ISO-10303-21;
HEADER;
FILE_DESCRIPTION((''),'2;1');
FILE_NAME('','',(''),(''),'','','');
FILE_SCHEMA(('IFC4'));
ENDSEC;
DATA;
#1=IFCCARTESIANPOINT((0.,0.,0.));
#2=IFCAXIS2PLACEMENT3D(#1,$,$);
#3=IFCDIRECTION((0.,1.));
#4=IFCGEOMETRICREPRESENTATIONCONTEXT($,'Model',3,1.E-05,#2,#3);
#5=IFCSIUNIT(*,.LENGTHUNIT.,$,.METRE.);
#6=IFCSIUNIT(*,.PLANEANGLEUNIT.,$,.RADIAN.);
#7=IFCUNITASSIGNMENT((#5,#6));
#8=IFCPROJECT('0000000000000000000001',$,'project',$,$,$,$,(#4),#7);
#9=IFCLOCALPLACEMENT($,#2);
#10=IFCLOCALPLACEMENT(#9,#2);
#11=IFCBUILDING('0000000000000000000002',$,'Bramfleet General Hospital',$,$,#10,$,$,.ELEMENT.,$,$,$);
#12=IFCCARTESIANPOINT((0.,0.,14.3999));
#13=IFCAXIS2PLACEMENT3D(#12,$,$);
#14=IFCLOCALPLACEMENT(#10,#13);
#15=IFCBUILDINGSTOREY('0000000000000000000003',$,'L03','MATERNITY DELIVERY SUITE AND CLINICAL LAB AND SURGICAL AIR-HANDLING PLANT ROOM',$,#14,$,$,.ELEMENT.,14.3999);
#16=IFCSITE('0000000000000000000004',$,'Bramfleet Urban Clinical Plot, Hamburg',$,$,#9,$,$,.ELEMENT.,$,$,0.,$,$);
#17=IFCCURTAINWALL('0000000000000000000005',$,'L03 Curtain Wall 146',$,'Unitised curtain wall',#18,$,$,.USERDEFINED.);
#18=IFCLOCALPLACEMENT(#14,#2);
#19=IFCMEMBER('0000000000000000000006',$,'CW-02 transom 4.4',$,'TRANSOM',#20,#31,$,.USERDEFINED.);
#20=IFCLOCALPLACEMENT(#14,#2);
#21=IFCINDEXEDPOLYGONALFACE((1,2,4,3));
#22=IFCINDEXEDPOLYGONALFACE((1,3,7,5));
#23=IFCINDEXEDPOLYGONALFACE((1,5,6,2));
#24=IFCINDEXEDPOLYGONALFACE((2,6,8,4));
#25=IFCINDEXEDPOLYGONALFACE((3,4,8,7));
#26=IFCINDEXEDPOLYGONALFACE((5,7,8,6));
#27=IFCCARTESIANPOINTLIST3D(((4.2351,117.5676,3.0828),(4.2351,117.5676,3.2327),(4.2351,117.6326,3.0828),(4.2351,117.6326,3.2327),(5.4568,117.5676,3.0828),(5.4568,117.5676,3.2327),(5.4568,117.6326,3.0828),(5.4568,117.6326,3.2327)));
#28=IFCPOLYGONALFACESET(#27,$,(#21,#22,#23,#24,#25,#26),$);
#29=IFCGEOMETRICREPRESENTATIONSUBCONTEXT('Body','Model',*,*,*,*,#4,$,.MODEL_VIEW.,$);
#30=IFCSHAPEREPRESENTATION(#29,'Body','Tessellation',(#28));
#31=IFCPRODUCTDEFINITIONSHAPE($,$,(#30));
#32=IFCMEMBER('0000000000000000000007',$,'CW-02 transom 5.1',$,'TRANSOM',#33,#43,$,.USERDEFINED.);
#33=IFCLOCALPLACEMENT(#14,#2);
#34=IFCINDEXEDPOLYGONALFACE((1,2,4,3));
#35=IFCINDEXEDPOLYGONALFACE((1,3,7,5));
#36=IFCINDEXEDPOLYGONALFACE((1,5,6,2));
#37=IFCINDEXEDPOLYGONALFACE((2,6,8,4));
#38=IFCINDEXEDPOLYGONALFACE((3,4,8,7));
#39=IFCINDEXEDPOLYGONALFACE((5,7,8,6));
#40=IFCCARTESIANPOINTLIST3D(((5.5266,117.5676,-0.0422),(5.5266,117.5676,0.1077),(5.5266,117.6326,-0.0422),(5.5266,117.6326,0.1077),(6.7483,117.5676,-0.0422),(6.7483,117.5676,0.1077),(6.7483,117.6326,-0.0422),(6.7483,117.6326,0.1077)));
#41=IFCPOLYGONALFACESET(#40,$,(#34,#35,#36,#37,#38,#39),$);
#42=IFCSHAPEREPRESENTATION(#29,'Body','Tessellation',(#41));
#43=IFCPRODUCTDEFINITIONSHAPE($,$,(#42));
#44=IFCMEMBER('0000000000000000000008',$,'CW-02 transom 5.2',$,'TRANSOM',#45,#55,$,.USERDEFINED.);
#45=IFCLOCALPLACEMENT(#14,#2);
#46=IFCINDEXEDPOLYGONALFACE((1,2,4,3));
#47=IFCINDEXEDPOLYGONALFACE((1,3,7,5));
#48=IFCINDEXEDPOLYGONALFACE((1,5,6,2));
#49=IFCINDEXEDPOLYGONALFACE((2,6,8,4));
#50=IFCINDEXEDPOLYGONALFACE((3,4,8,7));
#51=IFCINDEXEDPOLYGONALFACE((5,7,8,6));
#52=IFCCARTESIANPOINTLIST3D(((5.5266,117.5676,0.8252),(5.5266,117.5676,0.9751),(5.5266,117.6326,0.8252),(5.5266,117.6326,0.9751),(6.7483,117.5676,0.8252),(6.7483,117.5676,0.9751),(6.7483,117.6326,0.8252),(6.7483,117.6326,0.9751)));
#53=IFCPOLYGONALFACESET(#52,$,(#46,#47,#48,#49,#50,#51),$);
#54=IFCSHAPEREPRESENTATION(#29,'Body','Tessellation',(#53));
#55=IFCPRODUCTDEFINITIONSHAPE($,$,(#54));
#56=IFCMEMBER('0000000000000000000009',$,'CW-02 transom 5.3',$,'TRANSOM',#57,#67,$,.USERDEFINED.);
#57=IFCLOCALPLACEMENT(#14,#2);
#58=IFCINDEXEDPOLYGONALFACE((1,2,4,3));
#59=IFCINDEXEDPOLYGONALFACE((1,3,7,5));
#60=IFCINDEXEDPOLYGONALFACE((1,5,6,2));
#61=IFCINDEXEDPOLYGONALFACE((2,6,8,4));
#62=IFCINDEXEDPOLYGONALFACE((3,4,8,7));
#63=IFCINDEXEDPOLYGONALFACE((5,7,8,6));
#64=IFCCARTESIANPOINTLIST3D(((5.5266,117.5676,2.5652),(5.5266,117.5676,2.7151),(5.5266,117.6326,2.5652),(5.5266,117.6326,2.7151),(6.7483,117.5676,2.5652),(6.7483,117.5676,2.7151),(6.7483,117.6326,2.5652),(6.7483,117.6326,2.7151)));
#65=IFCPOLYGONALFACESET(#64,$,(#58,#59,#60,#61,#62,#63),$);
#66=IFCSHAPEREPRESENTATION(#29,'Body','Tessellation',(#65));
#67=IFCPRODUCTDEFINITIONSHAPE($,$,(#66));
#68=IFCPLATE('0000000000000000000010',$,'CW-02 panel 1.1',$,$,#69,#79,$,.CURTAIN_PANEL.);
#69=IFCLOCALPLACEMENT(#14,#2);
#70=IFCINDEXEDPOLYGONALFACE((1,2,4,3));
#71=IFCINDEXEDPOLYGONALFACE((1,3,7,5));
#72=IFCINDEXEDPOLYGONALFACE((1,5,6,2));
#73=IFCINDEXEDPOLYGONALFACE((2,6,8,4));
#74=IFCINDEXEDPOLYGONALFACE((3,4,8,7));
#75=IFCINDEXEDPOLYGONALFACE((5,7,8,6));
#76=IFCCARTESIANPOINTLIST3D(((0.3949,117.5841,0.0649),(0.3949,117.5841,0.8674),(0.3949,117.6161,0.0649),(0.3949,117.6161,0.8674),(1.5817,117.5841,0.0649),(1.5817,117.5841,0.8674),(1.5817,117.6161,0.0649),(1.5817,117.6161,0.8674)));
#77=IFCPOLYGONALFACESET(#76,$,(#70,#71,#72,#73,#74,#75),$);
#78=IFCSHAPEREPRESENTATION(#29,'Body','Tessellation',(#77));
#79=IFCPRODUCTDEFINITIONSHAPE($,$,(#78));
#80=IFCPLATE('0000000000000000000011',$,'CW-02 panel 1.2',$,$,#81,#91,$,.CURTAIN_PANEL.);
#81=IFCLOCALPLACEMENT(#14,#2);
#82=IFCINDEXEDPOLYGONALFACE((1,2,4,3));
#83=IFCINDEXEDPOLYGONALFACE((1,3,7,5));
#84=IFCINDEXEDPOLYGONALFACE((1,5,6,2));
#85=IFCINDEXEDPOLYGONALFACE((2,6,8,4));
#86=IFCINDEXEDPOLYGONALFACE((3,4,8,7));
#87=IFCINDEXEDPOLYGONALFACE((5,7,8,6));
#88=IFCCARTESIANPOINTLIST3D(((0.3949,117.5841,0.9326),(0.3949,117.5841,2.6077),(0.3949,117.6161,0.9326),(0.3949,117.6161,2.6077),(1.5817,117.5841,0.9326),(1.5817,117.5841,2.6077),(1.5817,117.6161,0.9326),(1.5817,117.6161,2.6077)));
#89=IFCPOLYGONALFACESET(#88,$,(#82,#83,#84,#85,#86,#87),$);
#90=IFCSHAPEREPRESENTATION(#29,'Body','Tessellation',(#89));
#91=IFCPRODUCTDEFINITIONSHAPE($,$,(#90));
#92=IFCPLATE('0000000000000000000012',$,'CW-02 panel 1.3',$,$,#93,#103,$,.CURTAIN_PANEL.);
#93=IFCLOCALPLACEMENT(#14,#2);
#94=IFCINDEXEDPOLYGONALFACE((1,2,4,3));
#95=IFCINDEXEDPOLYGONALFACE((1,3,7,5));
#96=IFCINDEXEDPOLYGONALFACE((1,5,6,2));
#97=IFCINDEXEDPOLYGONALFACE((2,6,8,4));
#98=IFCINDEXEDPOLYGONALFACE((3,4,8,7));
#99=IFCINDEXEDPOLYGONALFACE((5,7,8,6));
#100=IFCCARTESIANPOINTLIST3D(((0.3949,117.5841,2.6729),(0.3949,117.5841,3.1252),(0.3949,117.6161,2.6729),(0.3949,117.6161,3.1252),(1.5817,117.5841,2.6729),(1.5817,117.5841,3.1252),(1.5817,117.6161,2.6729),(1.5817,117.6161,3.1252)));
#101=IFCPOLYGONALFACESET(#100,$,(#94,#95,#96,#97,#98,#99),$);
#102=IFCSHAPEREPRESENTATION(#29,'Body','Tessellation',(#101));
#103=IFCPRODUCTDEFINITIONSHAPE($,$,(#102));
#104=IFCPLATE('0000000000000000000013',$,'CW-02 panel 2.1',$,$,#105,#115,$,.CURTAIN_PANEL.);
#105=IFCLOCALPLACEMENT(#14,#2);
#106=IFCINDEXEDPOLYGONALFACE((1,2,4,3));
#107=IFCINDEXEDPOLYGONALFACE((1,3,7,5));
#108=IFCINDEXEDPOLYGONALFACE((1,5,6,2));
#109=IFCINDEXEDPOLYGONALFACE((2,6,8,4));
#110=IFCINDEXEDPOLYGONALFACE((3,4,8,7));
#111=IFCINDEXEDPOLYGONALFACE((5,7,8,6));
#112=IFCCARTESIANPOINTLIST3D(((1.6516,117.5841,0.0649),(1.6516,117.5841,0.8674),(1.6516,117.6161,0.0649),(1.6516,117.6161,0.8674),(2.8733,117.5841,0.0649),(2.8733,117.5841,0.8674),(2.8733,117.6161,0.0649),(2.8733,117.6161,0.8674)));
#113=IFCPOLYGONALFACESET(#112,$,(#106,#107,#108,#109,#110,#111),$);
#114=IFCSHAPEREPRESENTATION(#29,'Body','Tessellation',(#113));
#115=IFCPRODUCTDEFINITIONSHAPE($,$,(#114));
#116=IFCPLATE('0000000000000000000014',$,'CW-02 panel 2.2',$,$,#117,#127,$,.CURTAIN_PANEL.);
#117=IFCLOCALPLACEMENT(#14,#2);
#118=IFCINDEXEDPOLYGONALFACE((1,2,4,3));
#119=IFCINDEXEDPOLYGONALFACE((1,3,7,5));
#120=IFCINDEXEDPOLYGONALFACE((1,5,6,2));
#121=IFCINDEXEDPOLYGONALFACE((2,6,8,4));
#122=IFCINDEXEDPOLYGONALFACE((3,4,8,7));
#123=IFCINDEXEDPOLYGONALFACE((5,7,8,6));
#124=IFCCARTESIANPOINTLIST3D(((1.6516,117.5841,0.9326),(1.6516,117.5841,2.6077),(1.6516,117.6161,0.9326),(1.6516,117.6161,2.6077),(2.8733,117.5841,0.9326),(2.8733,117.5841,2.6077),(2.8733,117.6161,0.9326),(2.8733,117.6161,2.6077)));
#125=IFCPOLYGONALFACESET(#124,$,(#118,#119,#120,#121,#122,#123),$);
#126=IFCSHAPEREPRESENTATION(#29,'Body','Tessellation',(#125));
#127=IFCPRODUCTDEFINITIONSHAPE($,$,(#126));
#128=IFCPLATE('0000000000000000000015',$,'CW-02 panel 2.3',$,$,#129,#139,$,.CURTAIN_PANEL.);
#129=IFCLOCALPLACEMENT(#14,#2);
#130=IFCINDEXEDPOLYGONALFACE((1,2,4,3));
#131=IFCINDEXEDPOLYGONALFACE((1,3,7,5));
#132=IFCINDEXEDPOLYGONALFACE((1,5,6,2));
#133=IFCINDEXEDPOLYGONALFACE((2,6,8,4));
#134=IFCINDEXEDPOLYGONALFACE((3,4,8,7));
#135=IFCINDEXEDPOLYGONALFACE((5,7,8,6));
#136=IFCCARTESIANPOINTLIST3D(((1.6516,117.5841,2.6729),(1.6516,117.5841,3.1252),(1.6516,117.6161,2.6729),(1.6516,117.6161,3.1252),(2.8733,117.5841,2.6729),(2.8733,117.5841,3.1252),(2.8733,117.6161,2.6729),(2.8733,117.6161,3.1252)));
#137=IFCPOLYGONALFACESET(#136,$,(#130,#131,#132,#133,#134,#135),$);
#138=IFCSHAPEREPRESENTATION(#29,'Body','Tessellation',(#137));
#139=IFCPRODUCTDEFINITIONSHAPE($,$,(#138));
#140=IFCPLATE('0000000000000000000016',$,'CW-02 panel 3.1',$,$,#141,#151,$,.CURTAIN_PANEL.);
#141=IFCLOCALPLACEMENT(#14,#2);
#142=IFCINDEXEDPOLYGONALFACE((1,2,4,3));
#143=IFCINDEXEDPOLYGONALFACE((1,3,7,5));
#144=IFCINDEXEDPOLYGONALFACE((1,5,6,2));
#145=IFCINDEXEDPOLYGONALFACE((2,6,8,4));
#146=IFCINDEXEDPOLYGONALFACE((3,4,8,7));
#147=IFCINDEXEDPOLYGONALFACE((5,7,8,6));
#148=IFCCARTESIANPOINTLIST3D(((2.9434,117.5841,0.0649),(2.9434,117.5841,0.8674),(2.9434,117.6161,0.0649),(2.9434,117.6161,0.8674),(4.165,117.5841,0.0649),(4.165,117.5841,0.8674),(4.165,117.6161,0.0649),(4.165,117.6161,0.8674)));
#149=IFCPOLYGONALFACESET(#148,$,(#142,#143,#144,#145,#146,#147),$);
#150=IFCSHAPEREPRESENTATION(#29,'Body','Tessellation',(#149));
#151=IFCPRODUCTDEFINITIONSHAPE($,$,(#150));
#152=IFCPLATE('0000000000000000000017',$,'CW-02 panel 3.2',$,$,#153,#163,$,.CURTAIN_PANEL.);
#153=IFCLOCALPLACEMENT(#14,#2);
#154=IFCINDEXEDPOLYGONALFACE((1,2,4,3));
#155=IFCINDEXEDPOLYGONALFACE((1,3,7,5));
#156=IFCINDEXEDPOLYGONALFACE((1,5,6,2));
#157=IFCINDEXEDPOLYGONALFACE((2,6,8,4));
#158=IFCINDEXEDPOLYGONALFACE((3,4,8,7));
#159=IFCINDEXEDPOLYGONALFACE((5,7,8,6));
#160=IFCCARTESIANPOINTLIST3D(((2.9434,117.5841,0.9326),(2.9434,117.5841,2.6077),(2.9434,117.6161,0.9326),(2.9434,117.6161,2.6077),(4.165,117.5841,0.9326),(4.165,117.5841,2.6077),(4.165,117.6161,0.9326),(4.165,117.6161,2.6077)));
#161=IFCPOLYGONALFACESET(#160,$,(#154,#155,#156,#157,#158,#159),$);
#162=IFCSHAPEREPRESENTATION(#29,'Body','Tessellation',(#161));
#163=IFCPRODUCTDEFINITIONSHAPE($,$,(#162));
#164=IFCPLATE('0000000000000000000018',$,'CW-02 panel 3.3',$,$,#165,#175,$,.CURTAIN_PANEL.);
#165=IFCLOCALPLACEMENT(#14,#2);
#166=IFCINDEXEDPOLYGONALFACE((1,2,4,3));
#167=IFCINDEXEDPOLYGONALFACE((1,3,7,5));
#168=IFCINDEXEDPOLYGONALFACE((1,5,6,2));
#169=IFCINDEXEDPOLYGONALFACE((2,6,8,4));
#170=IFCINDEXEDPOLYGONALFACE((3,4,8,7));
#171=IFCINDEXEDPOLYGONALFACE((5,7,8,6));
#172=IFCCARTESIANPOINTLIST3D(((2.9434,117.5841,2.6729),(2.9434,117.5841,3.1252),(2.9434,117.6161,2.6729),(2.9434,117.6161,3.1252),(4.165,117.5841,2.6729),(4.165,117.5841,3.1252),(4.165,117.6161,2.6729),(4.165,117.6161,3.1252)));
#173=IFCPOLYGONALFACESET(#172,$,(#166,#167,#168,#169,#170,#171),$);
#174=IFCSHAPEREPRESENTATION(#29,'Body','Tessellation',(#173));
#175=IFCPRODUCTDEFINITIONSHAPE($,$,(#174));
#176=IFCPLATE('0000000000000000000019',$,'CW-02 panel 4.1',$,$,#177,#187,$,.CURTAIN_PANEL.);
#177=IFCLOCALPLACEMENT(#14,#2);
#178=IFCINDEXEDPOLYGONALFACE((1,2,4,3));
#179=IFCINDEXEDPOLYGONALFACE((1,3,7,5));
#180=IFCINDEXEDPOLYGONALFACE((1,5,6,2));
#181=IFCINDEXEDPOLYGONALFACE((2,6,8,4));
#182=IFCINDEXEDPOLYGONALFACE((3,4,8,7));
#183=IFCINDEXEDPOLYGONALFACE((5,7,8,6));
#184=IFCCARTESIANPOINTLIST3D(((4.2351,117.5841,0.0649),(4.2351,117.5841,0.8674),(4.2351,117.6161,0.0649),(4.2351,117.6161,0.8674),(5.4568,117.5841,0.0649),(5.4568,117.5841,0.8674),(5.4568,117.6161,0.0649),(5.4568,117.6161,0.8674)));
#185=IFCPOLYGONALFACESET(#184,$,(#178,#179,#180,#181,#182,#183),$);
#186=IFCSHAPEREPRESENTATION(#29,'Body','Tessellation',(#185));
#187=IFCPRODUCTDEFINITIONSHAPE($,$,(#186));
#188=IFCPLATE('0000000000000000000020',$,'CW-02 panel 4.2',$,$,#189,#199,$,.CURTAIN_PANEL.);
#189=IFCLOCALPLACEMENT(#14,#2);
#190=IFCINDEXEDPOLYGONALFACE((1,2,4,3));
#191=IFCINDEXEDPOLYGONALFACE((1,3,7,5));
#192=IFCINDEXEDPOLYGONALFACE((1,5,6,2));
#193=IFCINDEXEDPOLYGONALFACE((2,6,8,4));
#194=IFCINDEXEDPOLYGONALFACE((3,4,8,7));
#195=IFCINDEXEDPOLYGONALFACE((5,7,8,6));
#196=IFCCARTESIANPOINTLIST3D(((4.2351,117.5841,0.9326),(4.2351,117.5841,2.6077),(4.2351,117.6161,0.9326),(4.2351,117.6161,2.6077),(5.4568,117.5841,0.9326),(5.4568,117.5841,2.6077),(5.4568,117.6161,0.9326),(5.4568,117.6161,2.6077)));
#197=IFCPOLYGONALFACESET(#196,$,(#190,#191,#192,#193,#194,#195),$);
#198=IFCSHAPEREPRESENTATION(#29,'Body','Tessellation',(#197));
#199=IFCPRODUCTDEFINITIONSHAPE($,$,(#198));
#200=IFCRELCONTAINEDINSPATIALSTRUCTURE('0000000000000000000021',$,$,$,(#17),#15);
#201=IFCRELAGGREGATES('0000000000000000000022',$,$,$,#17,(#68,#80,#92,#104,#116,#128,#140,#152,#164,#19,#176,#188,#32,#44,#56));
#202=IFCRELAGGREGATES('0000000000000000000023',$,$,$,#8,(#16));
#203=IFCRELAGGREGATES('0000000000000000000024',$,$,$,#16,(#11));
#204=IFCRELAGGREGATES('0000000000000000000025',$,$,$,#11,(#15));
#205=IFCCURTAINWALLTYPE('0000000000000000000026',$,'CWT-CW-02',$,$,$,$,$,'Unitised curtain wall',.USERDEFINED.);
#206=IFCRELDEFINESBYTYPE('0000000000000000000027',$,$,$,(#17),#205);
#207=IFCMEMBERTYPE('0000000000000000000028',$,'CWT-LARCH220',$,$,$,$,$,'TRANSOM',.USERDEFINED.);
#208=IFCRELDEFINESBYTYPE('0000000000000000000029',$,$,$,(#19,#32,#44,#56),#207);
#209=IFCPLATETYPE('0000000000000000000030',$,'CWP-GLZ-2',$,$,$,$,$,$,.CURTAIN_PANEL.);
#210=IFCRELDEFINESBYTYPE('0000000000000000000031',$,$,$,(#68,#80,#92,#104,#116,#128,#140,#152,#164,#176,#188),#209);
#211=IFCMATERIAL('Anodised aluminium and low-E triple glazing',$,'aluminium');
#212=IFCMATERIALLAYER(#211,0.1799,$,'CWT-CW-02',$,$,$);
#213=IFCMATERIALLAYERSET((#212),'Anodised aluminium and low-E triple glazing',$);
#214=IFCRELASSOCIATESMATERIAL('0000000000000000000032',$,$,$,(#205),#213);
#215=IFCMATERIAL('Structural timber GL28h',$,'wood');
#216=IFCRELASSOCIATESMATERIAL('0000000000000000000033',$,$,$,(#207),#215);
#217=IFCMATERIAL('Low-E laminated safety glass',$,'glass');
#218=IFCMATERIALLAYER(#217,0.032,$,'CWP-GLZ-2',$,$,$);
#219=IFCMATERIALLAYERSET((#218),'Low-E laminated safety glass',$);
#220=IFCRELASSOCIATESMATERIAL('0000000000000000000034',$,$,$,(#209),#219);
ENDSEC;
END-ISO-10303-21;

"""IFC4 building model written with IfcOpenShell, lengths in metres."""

from ifc_helpers import new_model, si_unit, direction, frame, origin, origin_2d, place, context, subcontext, project, spatial, rectangle, extrude, material, layer, layer_set, material_profile, profile_set, type_object, element, aggregate, save


model = new_model("IFC4")

# Units and contexts
model_context = context("Model", 3, precision=1e-05, world=origin(), true_north=direction((0.0, 1.0)))
body_context = subcontext(model_context, "Body", "Model", "MODEL_VIEW")
ifc_project = project(units=[si_unit("LENGTHUNIT", "METRE"), si_unit("PLANEANGLEUNIT", "RADIAN")], contexts=[model_context])

# Site, building, storey
site_placement = place(None, origin())
site = spatial("IfcSite", under=ifc_project, at=site_placement, Name="Bramfleet Urban Clinical Plot, Hamburg", CompositionType="ELEMENT", RefElevation=0.0)
building_placement = place(site_placement, origin())
building = spatial("IfcBuilding", under=site, at=building_placement, Name="Bramfleet General Hospital", CompositionType="ELEMENT")
storey_placement = place(building_placement, frame((0.0, 0.0, 14.3999)))
storey = spatial("IfcBuildingStorey", under=building, at=storey_placement, Name="L03", Description="MATERNITY DELIVERY SUITE AND CLINICAL LAB AND SURGICAL AIR-HANDLING PLANT ROOM", CompositionType="ELEMENT", Elevation=14.3999)

# Curtain wall, members, plates
ifc_material_1 = material(Name="Anodised aluminium and low-E triple glazing", Category="aluminium")
ifc_layer_1 = layer(ifc_material_1, 0.1799, Name="CWT-CW-02")
ifc_layer_set_1 = layer_set([ifc_layer_1], Name="Anodised aluminium and low-E triple glazing")
curtain_wall_type = type_object("IfcCurtainWallType", Name="CWT-CW-02", ElementType="Unitised curtain wall", PredefinedType="USERDEFINED", material=ifc_layer_set_1)
curtain_wall_placement = place(storey_placement, origin())
curtain_wall = element("IfcCurtainWall", 1, at=curtain_wall_placement, inside=storey, type_object=curtain_wall_type, Name="L03 Curtain Wall 146", ObjectType="Unitised curtain wall", PredefinedType="USERDEFINED")
ifc_material_2 = material(Name="Structural timber GL28h", Category="wood")
ifc_material_profile_1 = material_profile(ifc_material_2, rectangle(XDim=0.0649, YDim=0.1499, at=origin_2d()), Name="LARCH 150x65")
ifc_profile_set_1 = profile_set([ifc_material_profile_1], Name="Structural timber GL28h")
member_type_1 = type_object("IfcMemberType", Name="CWT-LARCH220", ElementType="TRANSOM", PredefinedType="USERDEFINED", material=ifc_profile_set_1)
member_1_placement = place(storey_placement, frame((4.2351, 117.6001, 3.1577), z_axis=(1.0, 0.0, 0.0), x_axis=(0.0, 1.0, 0.0)))
member_1 = element("IfcMember", 2, at=member_1_placement, type_object=member_type_1, Name="CW-02 transom 4.4", ObjectType="TRANSOM", PredefinedType="USERDEFINED", context=body_context, shape_type="SweptSolid", body=[
    extrude(rectangle(XDim=0.0649, YDim=0.1499, at=origin_2d()), origin(), (0.0, 0.0, 1.0), 1.2217),
])
member_2_placement = place(storey_placement, frame((5.5266, 117.6001, 0.0327), z_axis=(1.0, 0.0, 0.0), x_axis=(0.0, 1.0, 0.0)))
member_2 = element("IfcMember", 3, at=member_2_placement, type_object=member_type_1, Name="CW-02 transom 5.1", ObjectType="TRANSOM", PredefinedType="USERDEFINED", context=body_context, shape_type="SweptSolid", body=[
    extrude(rectangle(XDim=0.0649, YDim=0.1499, at=origin_2d()), origin(), (0.0, 0.0, 1.0), 1.2217),
])
member_3_placement = place(storey_placement, frame((5.5266, 117.6001, 0.9001), z_axis=(1.0, 0.0, 0.0), x_axis=(0.0, 1.0, 0.0)))
member_3 = element("IfcMember", 4, at=member_3_placement, type_object=member_type_1, Name="CW-02 transom 5.2", ObjectType="TRANSOM", PredefinedType="USERDEFINED", context=body_context, shape_type="SweptSolid", body=[
    extrude(rectangle(XDim=0.0649, YDim=0.1499, at=origin_2d()), origin(), (0.0, 0.0, 1.0), 1.2217),
])
member_4_placement = place(storey_placement, frame((5.5266, 117.6001, 2.6401), z_axis=(1.0, 0.0, 0.0), x_axis=(0.0, 1.0, 0.0)))
member_4 = element("IfcMember", 5, at=member_4_placement, type_object=member_type_1, Name="CW-02 transom 5.3", ObjectType="TRANSOM", PredefinedType="USERDEFINED", context=body_context, shape_type="SweptSolid", body=[
    extrude(rectangle(XDim=0.0649, YDim=0.1499, at=origin_2d()), origin(), (0.0, 0.0, 1.0), 1.2217),
])
ifc_material_3 = material(Name="Low-E laminated safety glass", Category="glass")
ifc_layer_2 = layer(ifc_material_3, 0.032, Name="CWP-GLZ-2")
ifc_layer_set_2 = layer_set([ifc_layer_2], Name="Low-E laminated safety glass")
plate_type = type_object("IfcPlateType", Name="CWP-GLZ-2", PredefinedType="CURTAIN_PANEL", material=ifc_layer_set_2)
plate_1_placement = place(storey_placement, frame((0.9883, 117.6001, 0.0649), z_axis=(0.0, 0.0, 1.0), x_axis=(1.0, 0.0, 0.0)))
plate_1 = element("IfcPlate", 6, at=plate_1_placement, type_object=plate_type, Name="CW-02 panel 1.1", PredefinedType="CURTAIN_PANEL", context=body_context, shape_type="SweptSolid", body=[
    extrude(rectangle(XDim=1.1868, YDim=0.032, at=origin_2d()), origin(), (0.0, 0.0, 1.0), 0.8025),
])
plate_2_placement = place(storey_placement, frame((0.9883, 117.6001, 0.9326), z_axis=(0.0, 0.0, 1.0), x_axis=(1.0, 0.0, 0.0)))
plate_2 = element("IfcPlate", 7, at=plate_2_placement, type_object=plate_type, Name="CW-02 panel 1.2", PredefinedType="CURTAIN_PANEL", context=body_context, shape_type="SweptSolid", body=[
    extrude(rectangle(XDim=1.1868, YDim=0.032, at=origin_2d()), origin(), (0.0, 0.0, 1.0), 1.675),
])
plate_3_placement = place(storey_placement, frame((0.9883, 117.6001, 2.6729), z_axis=(0.0, 0.0, 1.0), x_axis=(1.0, 0.0, 0.0)))
plate_3 = element("IfcPlate", 8, at=plate_3_placement, type_object=plate_type, Name="CW-02 panel 1.3", PredefinedType="CURTAIN_PANEL", context=body_context, shape_type="SweptSolid", body=[
    extrude(rectangle(XDim=1.1868, YDim=0.032, at=origin_2d()), origin(), (0.0, 0.0, 1.0), 0.4524),
])
plate_4_placement = place(storey_placement, frame((2.2625, 117.6001, 0.0649), z_axis=(0.0, 0.0, 1.0), x_axis=(1.0, 0.0, 0.0)))
plate_4 = element("IfcPlate", 9, at=plate_4_placement, type_object=plate_type, Name="CW-02 panel 2.1", PredefinedType="CURTAIN_PANEL", context=body_context, shape_type="SweptSolid", body=[
    extrude(rectangle(XDim=1.2217, YDim=0.032, at=origin_2d()), origin(), (0.0, 0.0, 1.0), 0.8025),
])
plate_5_placement = place(storey_placement, frame((2.2625, 117.6001, 0.9326), z_axis=(0.0, 0.0, 1.0), x_axis=(1.0, 0.0, 0.0)))
plate_5 = element("IfcPlate", 10, at=plate_5_placement, type_object=plate_type, Name="CW-02 panel 2.2", PredefinedType="CURTAIN_PANEL", context=body_context, shape_type="SweptSolid", body=[
    extrude(rectangle(XDim=1.2217, YDim=0.032, at=origin_2d()), origin(), (0.0, 0.0, 1.0), 1.675),
])
plate_6_placement = place(storey_placement, frame((2.2625, 117.6001, 2.6729), z_axis=(0.0, 0.0, 1.0), x_axis=(1.0, 0.0, 0.0)))
plate_6 = element("IfcPlate", 11, at=plate_6_placement, type_object=plate_type, Name="CW-02 panel 2.3", PredefinedType="CURTAIN_PANEL", context=body_context, shape_type="SweptSolid", body=[
    extrude(rectangle(XDim=1.2217, YDim=0.032, at=origin_2d()), origin(), (0.0, 0.0, 1.0), 0.4524),
])
plate_7_placement = place(storey_placement, frame((3.5542, 117.6001, 0.0649), z_axis=(0.0, 0.0, 1.0), x_axis=(1.0, 0.0, 0.0)))
plate_7 = element("IfcPlate", 12, at=plate_7_placement, type_object=plate_type, Name="CW-02 panel 3.1", PredefinedType="CURTAIN_PANEL", context=body_context, shape_type="SweptSolid", body=[
    extrude(rectangle(XDim=1.2217, YDim=0.032, at=origin_2d()), origin(), (0.0, 0.0, 1.0), 0.8025),
])
plate_8_placement = place(storey_placement, frame((3.5542, 117.6001, 0.9326), z_axis=(0.0, 0.0, 1.0), x_axis=(1.0, 0.0, 0.0)))
plate_8 = element("IfcPlate", 13, at=plate_8_placement, type_object=plate_type, Name="CW-02 panel 3.2", PredefinedType="CURTAIN_PANEL", context=body_context, shape_type="SweptSolid", body=[
    extrude(rectangle(XDim=1.2217, YDim=0.032, at=origin_2d()), origin(), (0.0, 0.0, 1.0), 1.675),
])
plate_9_placement = place(storey_placement, frame((3.5542, 117.6001, 2.6729), z_axis=(0.0, 0.0, 1.0), x_axis=(1.0, 0.0, 0.0)))
plate_9 = element("IfcPlate", 14, at=plate_9_placement, type_object=plate_type, Name="CW-02 panel 3.3", PredefinedType="CURTAIN_PANEL", context=body_context, shape_type="SweptSolid", body=[
    extrude(rectangle(XDim=1.2217, YDim=0.032, at=origin_2d()), origin(), (0.0, 0.0, 1.0), 0.4524),
])
plate_10_placement = place(storey_placement, frame((4.8459, 117.6001, 0.0649), z_axis=(0.0, 0.0, 1.0), x_axis=(1.0, 0.0, 0.0)))
plate_10 = element("IfcPlate", 15, at=plate_10_placement, type_object=plate_type, Name="CW-02 panel 4.1", PredefinedType="CURTAIN_PANEL", context=body_context, shape_type="SweptSolid", body=[
    extrude(rectangle(XDim=1.2217, YDim=0.032, at=origin_2d()), origin(), (0.0, 0.0, 1.0), 0.8025),
])
plate_11_placement = place(storey_placement, frame((4.8459, 117.6001, 0.9326), z_axis=(0.0, 0.0, 1.0), x_axis=(1.0, 0.0, 0.0)))
plate_11 = element("IfcPlate", 16, at=plate_11_placement, type_object=plate_type, Name="CW-02 panel 4.2", PredefinedType="CURTAIN_PANEL", context=body_context, shape_type="SweptSolid", body=[
    extrude(rectangle(XDim=1.2217, YDim=0.032, at=origin_2d()), origin(), (0.0, 0.0, 1.0), 1.675),
])
aggregate(curtain_wall, [plate_1, plate_2, plate_3, plate_4, plate_5, plate_6, plate_7, plate_8, plate_9, member_1, plate_10, plate_11, member_2, member_3, member_4])

save(model, "model.ifc")
